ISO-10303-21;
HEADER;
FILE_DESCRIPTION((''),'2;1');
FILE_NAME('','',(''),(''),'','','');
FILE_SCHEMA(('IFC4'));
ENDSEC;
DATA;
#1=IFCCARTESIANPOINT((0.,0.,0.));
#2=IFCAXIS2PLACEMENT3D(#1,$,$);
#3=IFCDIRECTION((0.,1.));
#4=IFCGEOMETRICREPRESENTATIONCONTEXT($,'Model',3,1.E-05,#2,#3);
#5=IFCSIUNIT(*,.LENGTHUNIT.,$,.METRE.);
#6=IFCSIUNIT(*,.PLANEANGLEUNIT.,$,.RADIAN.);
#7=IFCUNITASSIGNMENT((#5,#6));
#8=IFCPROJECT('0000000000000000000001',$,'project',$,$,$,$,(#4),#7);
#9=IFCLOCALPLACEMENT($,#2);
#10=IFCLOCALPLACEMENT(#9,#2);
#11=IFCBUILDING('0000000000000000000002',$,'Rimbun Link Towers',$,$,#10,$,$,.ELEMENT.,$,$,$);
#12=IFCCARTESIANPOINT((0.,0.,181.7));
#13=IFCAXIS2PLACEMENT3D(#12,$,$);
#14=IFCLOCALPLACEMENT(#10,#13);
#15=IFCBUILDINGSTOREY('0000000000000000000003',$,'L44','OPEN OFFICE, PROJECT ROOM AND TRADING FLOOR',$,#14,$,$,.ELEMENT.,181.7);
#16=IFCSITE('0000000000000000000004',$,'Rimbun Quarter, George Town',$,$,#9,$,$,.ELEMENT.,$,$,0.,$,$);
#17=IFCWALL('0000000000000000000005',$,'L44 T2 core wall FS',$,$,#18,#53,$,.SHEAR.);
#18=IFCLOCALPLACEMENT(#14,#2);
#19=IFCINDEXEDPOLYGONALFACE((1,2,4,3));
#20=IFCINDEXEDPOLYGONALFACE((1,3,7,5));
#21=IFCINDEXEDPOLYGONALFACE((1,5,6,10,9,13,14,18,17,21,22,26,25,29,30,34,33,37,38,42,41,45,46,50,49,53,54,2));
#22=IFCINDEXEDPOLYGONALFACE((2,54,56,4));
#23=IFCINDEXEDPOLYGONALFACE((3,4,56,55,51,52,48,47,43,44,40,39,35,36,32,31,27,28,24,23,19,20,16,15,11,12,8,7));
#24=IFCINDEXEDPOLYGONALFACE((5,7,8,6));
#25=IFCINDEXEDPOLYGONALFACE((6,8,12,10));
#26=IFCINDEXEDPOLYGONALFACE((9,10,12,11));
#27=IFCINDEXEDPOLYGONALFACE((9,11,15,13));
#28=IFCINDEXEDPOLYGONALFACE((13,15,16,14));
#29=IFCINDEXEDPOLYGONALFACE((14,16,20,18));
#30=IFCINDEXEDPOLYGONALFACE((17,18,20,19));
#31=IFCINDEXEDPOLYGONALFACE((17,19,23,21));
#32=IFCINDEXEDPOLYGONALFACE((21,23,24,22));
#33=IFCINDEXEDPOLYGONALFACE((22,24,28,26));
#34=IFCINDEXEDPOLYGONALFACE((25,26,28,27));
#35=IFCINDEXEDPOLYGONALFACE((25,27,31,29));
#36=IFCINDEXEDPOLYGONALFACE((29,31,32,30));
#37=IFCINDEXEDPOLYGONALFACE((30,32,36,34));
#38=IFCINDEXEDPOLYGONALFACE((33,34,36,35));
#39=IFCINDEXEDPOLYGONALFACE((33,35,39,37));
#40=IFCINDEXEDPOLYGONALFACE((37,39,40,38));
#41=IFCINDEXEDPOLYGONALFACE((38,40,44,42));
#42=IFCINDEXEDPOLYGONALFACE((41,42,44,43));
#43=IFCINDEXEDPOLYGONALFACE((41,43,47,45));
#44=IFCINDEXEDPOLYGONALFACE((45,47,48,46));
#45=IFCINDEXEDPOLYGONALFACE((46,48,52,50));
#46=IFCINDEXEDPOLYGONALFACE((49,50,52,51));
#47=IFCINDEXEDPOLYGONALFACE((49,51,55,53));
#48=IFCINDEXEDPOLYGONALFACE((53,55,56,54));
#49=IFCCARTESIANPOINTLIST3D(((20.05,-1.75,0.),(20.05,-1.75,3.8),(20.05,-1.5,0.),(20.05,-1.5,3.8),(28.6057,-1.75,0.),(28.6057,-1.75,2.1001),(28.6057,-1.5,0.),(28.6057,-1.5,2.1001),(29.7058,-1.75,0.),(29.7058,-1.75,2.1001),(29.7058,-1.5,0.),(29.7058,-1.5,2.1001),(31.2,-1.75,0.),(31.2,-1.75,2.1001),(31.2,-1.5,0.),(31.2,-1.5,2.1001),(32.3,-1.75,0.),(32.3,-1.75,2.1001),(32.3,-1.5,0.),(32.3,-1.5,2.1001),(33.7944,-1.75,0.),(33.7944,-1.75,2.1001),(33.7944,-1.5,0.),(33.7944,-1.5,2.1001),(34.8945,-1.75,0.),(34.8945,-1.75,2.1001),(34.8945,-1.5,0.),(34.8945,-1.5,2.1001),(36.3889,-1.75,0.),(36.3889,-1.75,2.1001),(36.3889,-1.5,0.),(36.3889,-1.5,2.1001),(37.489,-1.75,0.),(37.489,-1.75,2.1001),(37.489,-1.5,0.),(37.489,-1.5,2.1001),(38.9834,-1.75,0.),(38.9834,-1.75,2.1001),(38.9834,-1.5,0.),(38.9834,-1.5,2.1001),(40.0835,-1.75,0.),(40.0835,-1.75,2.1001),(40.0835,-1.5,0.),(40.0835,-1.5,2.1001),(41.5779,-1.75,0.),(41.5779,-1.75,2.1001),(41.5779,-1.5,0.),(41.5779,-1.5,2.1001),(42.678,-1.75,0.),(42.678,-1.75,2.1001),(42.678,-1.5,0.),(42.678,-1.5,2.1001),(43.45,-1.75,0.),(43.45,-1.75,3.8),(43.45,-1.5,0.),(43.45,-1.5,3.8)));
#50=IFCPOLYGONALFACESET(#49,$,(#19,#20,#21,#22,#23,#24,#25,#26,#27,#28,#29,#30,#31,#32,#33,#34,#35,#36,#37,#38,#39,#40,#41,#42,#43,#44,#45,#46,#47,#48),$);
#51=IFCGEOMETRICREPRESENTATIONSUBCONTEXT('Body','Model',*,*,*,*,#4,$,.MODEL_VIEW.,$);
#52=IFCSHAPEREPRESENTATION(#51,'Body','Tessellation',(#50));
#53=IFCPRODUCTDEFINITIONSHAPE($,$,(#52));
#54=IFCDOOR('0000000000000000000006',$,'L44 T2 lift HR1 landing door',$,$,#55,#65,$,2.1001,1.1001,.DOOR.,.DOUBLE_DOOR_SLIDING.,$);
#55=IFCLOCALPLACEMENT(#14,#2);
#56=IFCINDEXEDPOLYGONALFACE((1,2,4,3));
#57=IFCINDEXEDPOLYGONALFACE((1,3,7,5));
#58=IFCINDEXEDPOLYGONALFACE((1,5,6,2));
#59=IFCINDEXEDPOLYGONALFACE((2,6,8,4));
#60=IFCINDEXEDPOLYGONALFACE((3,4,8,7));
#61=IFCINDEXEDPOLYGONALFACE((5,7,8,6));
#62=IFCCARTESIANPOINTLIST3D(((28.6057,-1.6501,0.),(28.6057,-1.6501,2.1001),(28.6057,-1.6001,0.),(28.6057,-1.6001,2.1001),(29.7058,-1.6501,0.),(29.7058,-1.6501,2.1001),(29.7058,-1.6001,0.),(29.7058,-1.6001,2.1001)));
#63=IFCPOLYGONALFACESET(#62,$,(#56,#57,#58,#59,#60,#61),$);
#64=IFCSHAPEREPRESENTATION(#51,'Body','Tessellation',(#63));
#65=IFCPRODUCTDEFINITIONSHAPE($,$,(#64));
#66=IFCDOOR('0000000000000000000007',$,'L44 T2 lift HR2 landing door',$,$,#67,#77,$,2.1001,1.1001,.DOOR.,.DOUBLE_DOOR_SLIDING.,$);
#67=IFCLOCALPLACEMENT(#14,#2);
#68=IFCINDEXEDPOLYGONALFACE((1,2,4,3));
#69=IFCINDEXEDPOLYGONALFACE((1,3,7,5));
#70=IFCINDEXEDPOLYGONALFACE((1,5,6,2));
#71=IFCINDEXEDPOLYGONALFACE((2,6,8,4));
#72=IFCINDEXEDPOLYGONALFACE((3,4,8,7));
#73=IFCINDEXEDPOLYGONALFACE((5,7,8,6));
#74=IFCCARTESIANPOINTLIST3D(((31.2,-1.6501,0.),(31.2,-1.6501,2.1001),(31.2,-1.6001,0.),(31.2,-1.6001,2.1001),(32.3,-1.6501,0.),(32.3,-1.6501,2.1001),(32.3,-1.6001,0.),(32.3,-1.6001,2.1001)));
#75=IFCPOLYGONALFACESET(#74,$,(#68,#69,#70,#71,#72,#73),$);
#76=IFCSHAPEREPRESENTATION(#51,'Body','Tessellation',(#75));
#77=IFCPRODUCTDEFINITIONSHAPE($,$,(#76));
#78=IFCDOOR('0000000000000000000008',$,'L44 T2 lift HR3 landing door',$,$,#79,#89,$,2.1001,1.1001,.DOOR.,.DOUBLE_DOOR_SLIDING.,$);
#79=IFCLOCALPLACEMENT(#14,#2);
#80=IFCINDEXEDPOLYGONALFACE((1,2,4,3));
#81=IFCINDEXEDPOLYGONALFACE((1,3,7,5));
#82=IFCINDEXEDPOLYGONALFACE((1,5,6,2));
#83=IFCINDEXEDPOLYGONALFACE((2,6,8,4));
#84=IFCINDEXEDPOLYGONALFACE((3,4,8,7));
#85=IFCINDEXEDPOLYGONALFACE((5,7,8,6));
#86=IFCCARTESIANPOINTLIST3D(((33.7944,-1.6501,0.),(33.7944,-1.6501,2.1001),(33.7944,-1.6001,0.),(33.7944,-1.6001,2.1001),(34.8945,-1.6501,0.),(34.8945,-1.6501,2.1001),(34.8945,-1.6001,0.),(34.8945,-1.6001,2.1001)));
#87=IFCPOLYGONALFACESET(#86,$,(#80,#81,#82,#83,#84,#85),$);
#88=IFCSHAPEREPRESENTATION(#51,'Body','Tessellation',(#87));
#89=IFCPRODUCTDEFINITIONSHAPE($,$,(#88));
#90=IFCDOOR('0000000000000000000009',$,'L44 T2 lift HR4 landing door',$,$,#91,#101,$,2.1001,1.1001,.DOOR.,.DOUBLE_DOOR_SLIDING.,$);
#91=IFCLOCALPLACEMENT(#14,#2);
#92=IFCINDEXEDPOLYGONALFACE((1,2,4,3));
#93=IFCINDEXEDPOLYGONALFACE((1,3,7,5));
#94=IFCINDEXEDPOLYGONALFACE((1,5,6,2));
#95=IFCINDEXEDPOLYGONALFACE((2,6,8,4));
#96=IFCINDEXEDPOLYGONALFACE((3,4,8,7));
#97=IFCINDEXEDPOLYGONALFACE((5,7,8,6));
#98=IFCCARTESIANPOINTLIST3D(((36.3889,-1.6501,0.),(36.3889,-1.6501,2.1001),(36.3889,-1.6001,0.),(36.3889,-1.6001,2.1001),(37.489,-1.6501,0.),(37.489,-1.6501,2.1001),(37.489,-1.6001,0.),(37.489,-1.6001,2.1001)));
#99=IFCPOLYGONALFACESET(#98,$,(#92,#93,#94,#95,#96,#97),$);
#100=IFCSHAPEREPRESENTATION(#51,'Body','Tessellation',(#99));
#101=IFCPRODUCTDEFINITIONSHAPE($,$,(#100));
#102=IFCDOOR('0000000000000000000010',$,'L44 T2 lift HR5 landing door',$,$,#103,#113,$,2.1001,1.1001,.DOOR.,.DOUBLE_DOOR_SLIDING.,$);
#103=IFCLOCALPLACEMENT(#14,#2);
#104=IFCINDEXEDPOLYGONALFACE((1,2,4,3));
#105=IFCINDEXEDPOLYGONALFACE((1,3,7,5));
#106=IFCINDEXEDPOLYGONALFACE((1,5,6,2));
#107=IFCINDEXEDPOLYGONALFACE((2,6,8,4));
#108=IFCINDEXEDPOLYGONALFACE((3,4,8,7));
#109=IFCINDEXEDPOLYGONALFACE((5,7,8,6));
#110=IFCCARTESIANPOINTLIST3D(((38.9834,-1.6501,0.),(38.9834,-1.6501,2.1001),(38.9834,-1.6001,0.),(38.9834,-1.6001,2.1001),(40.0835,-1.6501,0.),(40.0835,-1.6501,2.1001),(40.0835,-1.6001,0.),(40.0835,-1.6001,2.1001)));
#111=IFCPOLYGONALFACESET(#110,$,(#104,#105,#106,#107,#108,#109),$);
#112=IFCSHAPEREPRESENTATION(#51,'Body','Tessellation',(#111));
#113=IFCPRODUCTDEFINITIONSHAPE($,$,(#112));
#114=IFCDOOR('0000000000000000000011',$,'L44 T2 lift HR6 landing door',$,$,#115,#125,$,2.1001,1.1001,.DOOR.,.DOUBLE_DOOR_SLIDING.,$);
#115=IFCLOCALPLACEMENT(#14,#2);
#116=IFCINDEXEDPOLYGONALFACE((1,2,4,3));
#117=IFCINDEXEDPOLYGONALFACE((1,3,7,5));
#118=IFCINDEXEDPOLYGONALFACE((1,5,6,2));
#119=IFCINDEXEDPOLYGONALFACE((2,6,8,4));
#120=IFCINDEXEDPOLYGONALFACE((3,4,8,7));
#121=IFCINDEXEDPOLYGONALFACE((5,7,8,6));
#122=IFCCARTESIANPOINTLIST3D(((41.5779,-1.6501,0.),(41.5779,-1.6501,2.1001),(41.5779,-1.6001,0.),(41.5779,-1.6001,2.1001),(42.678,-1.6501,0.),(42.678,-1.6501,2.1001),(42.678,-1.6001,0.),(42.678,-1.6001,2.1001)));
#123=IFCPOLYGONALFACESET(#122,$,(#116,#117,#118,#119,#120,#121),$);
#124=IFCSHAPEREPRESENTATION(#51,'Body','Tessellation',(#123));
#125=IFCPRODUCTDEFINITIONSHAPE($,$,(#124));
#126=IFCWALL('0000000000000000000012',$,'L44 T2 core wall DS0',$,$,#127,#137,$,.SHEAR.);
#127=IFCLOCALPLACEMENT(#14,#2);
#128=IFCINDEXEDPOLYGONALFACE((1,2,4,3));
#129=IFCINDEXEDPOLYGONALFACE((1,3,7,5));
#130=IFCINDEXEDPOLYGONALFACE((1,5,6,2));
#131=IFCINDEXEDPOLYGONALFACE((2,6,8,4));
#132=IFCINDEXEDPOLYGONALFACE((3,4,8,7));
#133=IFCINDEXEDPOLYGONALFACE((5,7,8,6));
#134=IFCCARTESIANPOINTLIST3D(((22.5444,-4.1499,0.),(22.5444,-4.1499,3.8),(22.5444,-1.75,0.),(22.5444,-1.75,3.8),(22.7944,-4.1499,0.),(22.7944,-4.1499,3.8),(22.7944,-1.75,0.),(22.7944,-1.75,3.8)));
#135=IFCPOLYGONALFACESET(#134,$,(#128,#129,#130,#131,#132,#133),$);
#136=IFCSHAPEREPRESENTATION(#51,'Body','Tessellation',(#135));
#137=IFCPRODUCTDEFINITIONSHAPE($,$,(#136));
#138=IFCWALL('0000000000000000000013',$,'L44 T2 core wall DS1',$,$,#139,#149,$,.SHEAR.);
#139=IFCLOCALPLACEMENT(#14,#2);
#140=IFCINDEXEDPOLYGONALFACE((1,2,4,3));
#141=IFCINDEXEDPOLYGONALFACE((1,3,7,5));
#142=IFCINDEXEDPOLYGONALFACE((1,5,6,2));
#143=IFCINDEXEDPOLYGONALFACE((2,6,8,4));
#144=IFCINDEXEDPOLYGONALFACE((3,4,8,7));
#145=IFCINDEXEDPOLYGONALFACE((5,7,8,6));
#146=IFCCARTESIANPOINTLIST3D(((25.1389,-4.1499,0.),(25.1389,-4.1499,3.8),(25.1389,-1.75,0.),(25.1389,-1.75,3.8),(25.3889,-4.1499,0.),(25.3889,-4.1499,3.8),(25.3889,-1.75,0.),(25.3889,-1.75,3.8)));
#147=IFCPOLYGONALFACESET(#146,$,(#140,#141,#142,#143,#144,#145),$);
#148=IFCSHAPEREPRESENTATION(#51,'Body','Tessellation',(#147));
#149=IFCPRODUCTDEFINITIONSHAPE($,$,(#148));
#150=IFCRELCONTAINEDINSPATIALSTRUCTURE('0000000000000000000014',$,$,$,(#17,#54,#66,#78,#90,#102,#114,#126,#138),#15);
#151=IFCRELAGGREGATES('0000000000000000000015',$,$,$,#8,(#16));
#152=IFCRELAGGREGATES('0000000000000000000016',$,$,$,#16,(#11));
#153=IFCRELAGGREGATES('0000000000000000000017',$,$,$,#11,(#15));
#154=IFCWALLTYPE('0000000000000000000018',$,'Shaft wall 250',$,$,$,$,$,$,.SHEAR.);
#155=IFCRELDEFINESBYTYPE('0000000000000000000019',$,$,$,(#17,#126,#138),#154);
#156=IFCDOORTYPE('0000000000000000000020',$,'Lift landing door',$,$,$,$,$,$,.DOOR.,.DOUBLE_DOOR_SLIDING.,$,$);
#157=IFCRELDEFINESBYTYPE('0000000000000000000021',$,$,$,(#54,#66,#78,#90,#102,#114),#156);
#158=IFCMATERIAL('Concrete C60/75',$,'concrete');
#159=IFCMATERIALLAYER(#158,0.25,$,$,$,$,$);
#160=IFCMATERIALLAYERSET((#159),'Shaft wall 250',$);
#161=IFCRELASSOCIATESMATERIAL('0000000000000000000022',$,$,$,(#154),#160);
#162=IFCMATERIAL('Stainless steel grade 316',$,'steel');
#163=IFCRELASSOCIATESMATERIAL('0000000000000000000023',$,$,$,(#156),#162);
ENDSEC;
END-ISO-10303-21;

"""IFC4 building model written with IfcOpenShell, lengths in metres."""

from ifc_helpers import new_model, si_unit, direction, frame, frame_2d, origin, place, context, subcontext, project, spatial, rectangle, extrude, material, layer, layer_set, type_object, element, fill, save


model = new_model("IFC4")

# Units and contexts
model_context = context("Model", 3, precision=1e-05, world=origin(), true_north=direction((0.0, 1.0)))
body_context = subcontext(model_context, "Body", "Model", "MODEL_VIEW")
ifc_project = project(units=[si_unit("LENGTHUNIT", "METRE"), si_unit("PLANEANGLEUNIT", "RADIAN")], contexts=[model_context])

# Site, building, storey
site_placement = place(None, origin())
site = spatial("IfcSite", under=ifc_project, at=site_placement, Name="Rimbun Quarter, George Town", CompositionType="ELEMENT", RefElevation=0.0)
building_placement = place(site_placement, origin())
building = spatial("IfcBuilding", under=site, at=building_placement, Name="Rimbun Link Towers", CompositionType="ELEMENT")
storey_placement = place(building_placement, frame((0.0, 0.0, 181.7)))
storey = spatial("IfcBuildingStorey", under=building, at=storey_placement, Name="L44", Description="OPEN OFFICE, PROJECT ROOM AND TRADING FLOOR", CompositionType="ELEMENT", Elevation=181.7)

# Shared definitions
ifc_material_1 = material(Name="Concrete C60/75", Category="concrete")
ifc_layer_1 = layer(ifc_material_1, 0.25)
ifc_layer_set_1 = layer_set([ifc_layer_1], Name="Shaft wall 250")
wall_type_1 = type_object("IfcWallType", Name="Shaft wall 250", PredefinedType="SHEAR", material=ifc_layer_set_1)

# Wall, openings, doors
wall_1_placement = place(storey_placement, frame((20.05, -1.625, 0.0), z_axis=(0.0, 0.0, 1.0), x_axis=(1.0, 0.0, 0.0)))
wall_1 = element("IfcWall", 1, at=wall_1_placement, inside=storey, type_object=wall_type_1, Name="L44 T2 core wall FS", PredefinedType="SHEAR", context=body_context, shape_type="SweptSolid", body=[
    extrude(rectangle(XDim=23.3999, YDim=0.25, at=frame_2d((11.7, 0.0))), origin(), (0.0, 0.0, 1.0), 3.8),
])
opening_1_placement = place(wall_1_placement, frame((8.5557, 0.0, 0.0)))
opening_1 = element("IfcOpeningElement", 2, at=opening_1_placement, cuts=wall_1, PredefinedType="OPENING", context=body_context, shape_type="SweptSolid", body=[
    extrude(rectangle(XDim=1.1001, YDim=2.1001, at=frame_2d((0.55, 1.05))), frame((0.0, 0.135, 0.0), z_axis=(0.0, -1.0, 0.0), x_axis=(1.0, 0.0, 0.0)), (0.0, 0.0, 1.0), 0.27),
])
opening_2_placement = place(wall_1_placement, frame((11.1499, 0.0, 0.0)))
opening_2 = element("IfcOpeningElement", 3, at=opening_2_placement, cuts=wall_1, PredefinedType="OPENING", context=body_context, shape_type="SweptSolid", body=[
    extrude(rectangle(XDim=1.1001, YDim=2.1001, at=frame_2d((0.55, 1.05))), frame((0.0, 0.135, 0.0), z_axis=(0.0, -1.0, 0.0), x_axis=(1.0, 0.0, 0.0)), (0.0, 0.0, 1.0), 0.27),
])
opening_3_placement = place(wall_1_placement, frame((13.7444, 0.0, 0.0)))
opening_3 = element("IfcOpeningElement", 4, at=opening_3_placement, cuts=wall_1, PredefinedType="OPENING", context=body_context, shape_type="SweptSolid", body=[
    extrude(rectangle(XDim=1.1001, YDim=2.1001, at=frame_2d((0.55, 1.05))), frame((0.0, 0.135, 0.0), z_axis=(0.0, -1.0, 0.0), x_axis=(1.0, 0.0, 0.0)), (0.0, 0.0, 1.0), 0.27),
])
opening_4_placement = place(wall_1_placement, frame((16.3389, 0.0, 0.0)))
opening_4 = element("IfcOpeningElement", 5, at=opening_4_placement, cuts=wall_1, PredefinedType="OPENING", context=body_context, shape_type="SweptSolid", body=[
    extrude(rectangle(XDim=1.1001, YDim=2.1001, at=frame_2d((0.55, 1.05))), frame((0.0, 0.135, 0.0), z_axis=(0.0, -1.0, 0.0), x_axis=(1.0, 0.0, 0.0)), (0.0, 0.0, 1.0), 0.27),
])
opening_5_placement = place(wall_1_placement, frame((18.9333, 0.0, 0.0)))
opening_5 = element("IfcOpeningElement", 6, at=opening_5_placement, cuts=wall_1, PredefinedType="OPENING", context=body_context, shape_type="SweptSolid", body=[
    extrude(rectangle(XDim=1.1001, YDim=2.1001, at=frame_2d((0.55, 1.05))), frame((0.0, 0.135, 0.0), z_axis=(0.0, -1.0, 0.0), x_axis=(1.0, 0.0, 0.0)), (0.0, 0.0, 1.0), 0.27),
])
opening_6_placement = place(wall_1_placement, frame((21.5278, 0.0, 0.0)))
opening_6 = element("IfcOpeningElement", 7, at=opening_6_placement, cuts=wall_1, PredefinedType="OPENING", context=body_context, shape_type="SweptSolid", body=[
    extrude(rectangle(XDim=1.1001, YDim=2.1001, at=frame_2d((0.55, 1.05))), frame((0.0, 0.135, 0.0), z_axis=(0.0, -1.0, 0.0), x_axis=(1.0, 0.0, 0.0)), (0.0, 0.0, 1.0), 0.27),
])
ifc_material_2 = material(Name="Stainless steel grade 316", Category="steel")
door_type_1 = type_object("IfcDoorType", Name="Lift landing door", OperationType="DOUBLE_DOOR_SLIDING", PredefinedType="DOOR", material=ifc_material_2)
door_1_placement = place(opening_1_placement, origin())
door_1 = element("IfcDoor", 8, at=door_1_placement, inside=storey, type_object=door_type_1, Name="L44 T2 lift HR1 landing door", OperationType="DOUBLE_DOOR_SLIDING", OverallHeight=2.1001, OverallWidth=1.1001, PredefinedType="DOOR", context=body_context, shape_type="SweptSolid", body=[
    extrude(rectangle(XDim=1.1001, YDim=2.1001, at=frame_2d((0.55, 1.05))), frame((0.0, 0.0249, 0.0), z_axis=(0.0, -1.0, 0.0), x_axis=(1.0, 0.0, 0.0)), (0.0, 0.0, 1.0), 0.05),
])
fill(opening_1, door_1)
door_2_placement = place(opening_2_placement, origin())
door_2 = element("IfcDoor", 9, at=door_2_placement, inside=storey, type_object=door_type_1, Name="L44 T2 lift HR2 landing door", OperationType="DOUBLE_DOOR_SLIDING", OverallHeight=2.1001, OverallWidth=1.1001, PredefinedType="DOOR", context=body_context, shape_type="SweptSolid", body=[
    extrude(rectangle(XDim=1.1001, YDim=2.1001, at=frame_2d((0.55, 1.05))), frame((0.0, 0.0249, 0.0), z_axis=(0.0, -1.0, 0.0), x_axis=(1.0, 0.0, 0.0)), (0.0, 0.0, 1.0), 0.05),
])
fill(opening_2, door_2)
door_3_placement = place(opening_3_placement, origin())
door_3 = element("IfcDoor", 10, at=door_3_placement, inside=storey, type_object=door_type_1, Name="L44 T2 lift HR3 landing door", OperationType="DOUBLE_DOOR_SLIDING", OverallHeight=2.1001, OverallWidth=1.1001, PredefinedType="DOOR", context=body_context, shape_type="SweptSolid", body=[
    extrude(rectangle(XDim=1.1001, YDim=2.1001, at=frame_2d((0.55, 1.05))), frame((0.0, 0.0249, 0.0), z_axis=(0.0, -1.0, 0.0), x_axis=(1.0, 0.0, 0.0)), (0.0, 0.0, 1.0), 0.05),
])
fill(opening_3, door_3)
door_4_placement = place(opening_4_placement, origin())
door_4 = element("IfcDoor", 11, at=door_4_placement, inside=storey, type_object=door_type_1, Name="L44 T2 lift HR4 landing door", OperationType="DOUBLE_DOOR_SLIDING", OverallHeight=2.1001, OverallWidth=1.1001, PredefinedType="DOOR", context=body_context, shape_type="SweptSolid", body=[
    extrude(rectangle(XDim=1.1001, YDim=2.1001, at=frame_2d((0.55, 1.05))), frame((0.0, 0.0249, 0.0), z_axis=(0.0, -1.0, 0.0), x_axis=(1.0, 0.0, 0.0)), (0.0, 0.0, 1.0), 0.05),
])
fill(opening_4, door_4)
door_5_placement = place(opening_5_placement, origin())
door_5 = element("IfcDoor", 12, at=door_5_placement, inside=storey, type_object=door_type_1, Name="L44 T2 lift HR5 landing door", OperationType="DOUBLE_DOOR_SLIDING", OverallHeight=2.1001, OverallWidth=1.1001, PredefinedType="DOOR", context=body_context, shape_type="SweptSolid", body=[
    extrude(rectangle(XDim=1.1001, YDim=2.1001, at=frame_2d((0.55, 1.05))), frame((0.0, 0.0249, 0.0), z_axis=(0.0, -1.0, 0.0), x_axis=(1.0, 0.0, 0.0)), (0.0, 0.0, 1.0), 0.05),
])
fill(opening_5, door_5)
door_6_placement = place(opening_6_placement, origin())
door_6 = element("IfcDoor", 13, at=door_6_placement, inside=storey, type_object=door_type_1, Name="L44 T2 lift HR6 landing door", OperationType="DOUBLE_DOOR_SLIDING", OverallHeight=2.1001, OverallWidth=1.1001, PredefinedType="DOOR", context=body_context, shape_type="SweptSolid", body=[
    extrude(rectangle(XDim=1.1001, YDim=2.1001, at=frame_2d((0.55, 1.05))), frame((0.0, 0.0249, 0.0), z_axis=(0.0, -1.0, 0.0), x_axis=(1.0, 0.0, 0.0)), (0.0, 0.0, 1.0), 0.05),
])
fill(opening_6, door_6)

# Walls
for number, where, z_axis, x_axis, name in (
    (14, (22.6694, -4.1499, 0.0), (0.0, 0.0, 1.0), (0.0, 1.0, 0.0), "L44 T2 core wall DS0"),
    (15, (25.2639, -4.1499, 0.0), (0.0, 0.0, 1.0), (0.0, 1.0, 0.0), "L44 T2 core wall DS1"),
):
    element("IfcWall", number, at=place(storey_placement, frame(where, z_axis=z_axis, x_axis=x_axis)), inside=storey, type_object=wall_type_1, Name=name, PredefinedType="SHEAR", context=body_context, shape_type="SweptSolid", body=[
        extrude(rectangle(XDim=2.3999, YDim=0.25, at=frame_2d((1.2, 0.0))), origin(), (0.0, 0.0, 1.0), 3.8),
    ])

save(model, "model.ifc")
